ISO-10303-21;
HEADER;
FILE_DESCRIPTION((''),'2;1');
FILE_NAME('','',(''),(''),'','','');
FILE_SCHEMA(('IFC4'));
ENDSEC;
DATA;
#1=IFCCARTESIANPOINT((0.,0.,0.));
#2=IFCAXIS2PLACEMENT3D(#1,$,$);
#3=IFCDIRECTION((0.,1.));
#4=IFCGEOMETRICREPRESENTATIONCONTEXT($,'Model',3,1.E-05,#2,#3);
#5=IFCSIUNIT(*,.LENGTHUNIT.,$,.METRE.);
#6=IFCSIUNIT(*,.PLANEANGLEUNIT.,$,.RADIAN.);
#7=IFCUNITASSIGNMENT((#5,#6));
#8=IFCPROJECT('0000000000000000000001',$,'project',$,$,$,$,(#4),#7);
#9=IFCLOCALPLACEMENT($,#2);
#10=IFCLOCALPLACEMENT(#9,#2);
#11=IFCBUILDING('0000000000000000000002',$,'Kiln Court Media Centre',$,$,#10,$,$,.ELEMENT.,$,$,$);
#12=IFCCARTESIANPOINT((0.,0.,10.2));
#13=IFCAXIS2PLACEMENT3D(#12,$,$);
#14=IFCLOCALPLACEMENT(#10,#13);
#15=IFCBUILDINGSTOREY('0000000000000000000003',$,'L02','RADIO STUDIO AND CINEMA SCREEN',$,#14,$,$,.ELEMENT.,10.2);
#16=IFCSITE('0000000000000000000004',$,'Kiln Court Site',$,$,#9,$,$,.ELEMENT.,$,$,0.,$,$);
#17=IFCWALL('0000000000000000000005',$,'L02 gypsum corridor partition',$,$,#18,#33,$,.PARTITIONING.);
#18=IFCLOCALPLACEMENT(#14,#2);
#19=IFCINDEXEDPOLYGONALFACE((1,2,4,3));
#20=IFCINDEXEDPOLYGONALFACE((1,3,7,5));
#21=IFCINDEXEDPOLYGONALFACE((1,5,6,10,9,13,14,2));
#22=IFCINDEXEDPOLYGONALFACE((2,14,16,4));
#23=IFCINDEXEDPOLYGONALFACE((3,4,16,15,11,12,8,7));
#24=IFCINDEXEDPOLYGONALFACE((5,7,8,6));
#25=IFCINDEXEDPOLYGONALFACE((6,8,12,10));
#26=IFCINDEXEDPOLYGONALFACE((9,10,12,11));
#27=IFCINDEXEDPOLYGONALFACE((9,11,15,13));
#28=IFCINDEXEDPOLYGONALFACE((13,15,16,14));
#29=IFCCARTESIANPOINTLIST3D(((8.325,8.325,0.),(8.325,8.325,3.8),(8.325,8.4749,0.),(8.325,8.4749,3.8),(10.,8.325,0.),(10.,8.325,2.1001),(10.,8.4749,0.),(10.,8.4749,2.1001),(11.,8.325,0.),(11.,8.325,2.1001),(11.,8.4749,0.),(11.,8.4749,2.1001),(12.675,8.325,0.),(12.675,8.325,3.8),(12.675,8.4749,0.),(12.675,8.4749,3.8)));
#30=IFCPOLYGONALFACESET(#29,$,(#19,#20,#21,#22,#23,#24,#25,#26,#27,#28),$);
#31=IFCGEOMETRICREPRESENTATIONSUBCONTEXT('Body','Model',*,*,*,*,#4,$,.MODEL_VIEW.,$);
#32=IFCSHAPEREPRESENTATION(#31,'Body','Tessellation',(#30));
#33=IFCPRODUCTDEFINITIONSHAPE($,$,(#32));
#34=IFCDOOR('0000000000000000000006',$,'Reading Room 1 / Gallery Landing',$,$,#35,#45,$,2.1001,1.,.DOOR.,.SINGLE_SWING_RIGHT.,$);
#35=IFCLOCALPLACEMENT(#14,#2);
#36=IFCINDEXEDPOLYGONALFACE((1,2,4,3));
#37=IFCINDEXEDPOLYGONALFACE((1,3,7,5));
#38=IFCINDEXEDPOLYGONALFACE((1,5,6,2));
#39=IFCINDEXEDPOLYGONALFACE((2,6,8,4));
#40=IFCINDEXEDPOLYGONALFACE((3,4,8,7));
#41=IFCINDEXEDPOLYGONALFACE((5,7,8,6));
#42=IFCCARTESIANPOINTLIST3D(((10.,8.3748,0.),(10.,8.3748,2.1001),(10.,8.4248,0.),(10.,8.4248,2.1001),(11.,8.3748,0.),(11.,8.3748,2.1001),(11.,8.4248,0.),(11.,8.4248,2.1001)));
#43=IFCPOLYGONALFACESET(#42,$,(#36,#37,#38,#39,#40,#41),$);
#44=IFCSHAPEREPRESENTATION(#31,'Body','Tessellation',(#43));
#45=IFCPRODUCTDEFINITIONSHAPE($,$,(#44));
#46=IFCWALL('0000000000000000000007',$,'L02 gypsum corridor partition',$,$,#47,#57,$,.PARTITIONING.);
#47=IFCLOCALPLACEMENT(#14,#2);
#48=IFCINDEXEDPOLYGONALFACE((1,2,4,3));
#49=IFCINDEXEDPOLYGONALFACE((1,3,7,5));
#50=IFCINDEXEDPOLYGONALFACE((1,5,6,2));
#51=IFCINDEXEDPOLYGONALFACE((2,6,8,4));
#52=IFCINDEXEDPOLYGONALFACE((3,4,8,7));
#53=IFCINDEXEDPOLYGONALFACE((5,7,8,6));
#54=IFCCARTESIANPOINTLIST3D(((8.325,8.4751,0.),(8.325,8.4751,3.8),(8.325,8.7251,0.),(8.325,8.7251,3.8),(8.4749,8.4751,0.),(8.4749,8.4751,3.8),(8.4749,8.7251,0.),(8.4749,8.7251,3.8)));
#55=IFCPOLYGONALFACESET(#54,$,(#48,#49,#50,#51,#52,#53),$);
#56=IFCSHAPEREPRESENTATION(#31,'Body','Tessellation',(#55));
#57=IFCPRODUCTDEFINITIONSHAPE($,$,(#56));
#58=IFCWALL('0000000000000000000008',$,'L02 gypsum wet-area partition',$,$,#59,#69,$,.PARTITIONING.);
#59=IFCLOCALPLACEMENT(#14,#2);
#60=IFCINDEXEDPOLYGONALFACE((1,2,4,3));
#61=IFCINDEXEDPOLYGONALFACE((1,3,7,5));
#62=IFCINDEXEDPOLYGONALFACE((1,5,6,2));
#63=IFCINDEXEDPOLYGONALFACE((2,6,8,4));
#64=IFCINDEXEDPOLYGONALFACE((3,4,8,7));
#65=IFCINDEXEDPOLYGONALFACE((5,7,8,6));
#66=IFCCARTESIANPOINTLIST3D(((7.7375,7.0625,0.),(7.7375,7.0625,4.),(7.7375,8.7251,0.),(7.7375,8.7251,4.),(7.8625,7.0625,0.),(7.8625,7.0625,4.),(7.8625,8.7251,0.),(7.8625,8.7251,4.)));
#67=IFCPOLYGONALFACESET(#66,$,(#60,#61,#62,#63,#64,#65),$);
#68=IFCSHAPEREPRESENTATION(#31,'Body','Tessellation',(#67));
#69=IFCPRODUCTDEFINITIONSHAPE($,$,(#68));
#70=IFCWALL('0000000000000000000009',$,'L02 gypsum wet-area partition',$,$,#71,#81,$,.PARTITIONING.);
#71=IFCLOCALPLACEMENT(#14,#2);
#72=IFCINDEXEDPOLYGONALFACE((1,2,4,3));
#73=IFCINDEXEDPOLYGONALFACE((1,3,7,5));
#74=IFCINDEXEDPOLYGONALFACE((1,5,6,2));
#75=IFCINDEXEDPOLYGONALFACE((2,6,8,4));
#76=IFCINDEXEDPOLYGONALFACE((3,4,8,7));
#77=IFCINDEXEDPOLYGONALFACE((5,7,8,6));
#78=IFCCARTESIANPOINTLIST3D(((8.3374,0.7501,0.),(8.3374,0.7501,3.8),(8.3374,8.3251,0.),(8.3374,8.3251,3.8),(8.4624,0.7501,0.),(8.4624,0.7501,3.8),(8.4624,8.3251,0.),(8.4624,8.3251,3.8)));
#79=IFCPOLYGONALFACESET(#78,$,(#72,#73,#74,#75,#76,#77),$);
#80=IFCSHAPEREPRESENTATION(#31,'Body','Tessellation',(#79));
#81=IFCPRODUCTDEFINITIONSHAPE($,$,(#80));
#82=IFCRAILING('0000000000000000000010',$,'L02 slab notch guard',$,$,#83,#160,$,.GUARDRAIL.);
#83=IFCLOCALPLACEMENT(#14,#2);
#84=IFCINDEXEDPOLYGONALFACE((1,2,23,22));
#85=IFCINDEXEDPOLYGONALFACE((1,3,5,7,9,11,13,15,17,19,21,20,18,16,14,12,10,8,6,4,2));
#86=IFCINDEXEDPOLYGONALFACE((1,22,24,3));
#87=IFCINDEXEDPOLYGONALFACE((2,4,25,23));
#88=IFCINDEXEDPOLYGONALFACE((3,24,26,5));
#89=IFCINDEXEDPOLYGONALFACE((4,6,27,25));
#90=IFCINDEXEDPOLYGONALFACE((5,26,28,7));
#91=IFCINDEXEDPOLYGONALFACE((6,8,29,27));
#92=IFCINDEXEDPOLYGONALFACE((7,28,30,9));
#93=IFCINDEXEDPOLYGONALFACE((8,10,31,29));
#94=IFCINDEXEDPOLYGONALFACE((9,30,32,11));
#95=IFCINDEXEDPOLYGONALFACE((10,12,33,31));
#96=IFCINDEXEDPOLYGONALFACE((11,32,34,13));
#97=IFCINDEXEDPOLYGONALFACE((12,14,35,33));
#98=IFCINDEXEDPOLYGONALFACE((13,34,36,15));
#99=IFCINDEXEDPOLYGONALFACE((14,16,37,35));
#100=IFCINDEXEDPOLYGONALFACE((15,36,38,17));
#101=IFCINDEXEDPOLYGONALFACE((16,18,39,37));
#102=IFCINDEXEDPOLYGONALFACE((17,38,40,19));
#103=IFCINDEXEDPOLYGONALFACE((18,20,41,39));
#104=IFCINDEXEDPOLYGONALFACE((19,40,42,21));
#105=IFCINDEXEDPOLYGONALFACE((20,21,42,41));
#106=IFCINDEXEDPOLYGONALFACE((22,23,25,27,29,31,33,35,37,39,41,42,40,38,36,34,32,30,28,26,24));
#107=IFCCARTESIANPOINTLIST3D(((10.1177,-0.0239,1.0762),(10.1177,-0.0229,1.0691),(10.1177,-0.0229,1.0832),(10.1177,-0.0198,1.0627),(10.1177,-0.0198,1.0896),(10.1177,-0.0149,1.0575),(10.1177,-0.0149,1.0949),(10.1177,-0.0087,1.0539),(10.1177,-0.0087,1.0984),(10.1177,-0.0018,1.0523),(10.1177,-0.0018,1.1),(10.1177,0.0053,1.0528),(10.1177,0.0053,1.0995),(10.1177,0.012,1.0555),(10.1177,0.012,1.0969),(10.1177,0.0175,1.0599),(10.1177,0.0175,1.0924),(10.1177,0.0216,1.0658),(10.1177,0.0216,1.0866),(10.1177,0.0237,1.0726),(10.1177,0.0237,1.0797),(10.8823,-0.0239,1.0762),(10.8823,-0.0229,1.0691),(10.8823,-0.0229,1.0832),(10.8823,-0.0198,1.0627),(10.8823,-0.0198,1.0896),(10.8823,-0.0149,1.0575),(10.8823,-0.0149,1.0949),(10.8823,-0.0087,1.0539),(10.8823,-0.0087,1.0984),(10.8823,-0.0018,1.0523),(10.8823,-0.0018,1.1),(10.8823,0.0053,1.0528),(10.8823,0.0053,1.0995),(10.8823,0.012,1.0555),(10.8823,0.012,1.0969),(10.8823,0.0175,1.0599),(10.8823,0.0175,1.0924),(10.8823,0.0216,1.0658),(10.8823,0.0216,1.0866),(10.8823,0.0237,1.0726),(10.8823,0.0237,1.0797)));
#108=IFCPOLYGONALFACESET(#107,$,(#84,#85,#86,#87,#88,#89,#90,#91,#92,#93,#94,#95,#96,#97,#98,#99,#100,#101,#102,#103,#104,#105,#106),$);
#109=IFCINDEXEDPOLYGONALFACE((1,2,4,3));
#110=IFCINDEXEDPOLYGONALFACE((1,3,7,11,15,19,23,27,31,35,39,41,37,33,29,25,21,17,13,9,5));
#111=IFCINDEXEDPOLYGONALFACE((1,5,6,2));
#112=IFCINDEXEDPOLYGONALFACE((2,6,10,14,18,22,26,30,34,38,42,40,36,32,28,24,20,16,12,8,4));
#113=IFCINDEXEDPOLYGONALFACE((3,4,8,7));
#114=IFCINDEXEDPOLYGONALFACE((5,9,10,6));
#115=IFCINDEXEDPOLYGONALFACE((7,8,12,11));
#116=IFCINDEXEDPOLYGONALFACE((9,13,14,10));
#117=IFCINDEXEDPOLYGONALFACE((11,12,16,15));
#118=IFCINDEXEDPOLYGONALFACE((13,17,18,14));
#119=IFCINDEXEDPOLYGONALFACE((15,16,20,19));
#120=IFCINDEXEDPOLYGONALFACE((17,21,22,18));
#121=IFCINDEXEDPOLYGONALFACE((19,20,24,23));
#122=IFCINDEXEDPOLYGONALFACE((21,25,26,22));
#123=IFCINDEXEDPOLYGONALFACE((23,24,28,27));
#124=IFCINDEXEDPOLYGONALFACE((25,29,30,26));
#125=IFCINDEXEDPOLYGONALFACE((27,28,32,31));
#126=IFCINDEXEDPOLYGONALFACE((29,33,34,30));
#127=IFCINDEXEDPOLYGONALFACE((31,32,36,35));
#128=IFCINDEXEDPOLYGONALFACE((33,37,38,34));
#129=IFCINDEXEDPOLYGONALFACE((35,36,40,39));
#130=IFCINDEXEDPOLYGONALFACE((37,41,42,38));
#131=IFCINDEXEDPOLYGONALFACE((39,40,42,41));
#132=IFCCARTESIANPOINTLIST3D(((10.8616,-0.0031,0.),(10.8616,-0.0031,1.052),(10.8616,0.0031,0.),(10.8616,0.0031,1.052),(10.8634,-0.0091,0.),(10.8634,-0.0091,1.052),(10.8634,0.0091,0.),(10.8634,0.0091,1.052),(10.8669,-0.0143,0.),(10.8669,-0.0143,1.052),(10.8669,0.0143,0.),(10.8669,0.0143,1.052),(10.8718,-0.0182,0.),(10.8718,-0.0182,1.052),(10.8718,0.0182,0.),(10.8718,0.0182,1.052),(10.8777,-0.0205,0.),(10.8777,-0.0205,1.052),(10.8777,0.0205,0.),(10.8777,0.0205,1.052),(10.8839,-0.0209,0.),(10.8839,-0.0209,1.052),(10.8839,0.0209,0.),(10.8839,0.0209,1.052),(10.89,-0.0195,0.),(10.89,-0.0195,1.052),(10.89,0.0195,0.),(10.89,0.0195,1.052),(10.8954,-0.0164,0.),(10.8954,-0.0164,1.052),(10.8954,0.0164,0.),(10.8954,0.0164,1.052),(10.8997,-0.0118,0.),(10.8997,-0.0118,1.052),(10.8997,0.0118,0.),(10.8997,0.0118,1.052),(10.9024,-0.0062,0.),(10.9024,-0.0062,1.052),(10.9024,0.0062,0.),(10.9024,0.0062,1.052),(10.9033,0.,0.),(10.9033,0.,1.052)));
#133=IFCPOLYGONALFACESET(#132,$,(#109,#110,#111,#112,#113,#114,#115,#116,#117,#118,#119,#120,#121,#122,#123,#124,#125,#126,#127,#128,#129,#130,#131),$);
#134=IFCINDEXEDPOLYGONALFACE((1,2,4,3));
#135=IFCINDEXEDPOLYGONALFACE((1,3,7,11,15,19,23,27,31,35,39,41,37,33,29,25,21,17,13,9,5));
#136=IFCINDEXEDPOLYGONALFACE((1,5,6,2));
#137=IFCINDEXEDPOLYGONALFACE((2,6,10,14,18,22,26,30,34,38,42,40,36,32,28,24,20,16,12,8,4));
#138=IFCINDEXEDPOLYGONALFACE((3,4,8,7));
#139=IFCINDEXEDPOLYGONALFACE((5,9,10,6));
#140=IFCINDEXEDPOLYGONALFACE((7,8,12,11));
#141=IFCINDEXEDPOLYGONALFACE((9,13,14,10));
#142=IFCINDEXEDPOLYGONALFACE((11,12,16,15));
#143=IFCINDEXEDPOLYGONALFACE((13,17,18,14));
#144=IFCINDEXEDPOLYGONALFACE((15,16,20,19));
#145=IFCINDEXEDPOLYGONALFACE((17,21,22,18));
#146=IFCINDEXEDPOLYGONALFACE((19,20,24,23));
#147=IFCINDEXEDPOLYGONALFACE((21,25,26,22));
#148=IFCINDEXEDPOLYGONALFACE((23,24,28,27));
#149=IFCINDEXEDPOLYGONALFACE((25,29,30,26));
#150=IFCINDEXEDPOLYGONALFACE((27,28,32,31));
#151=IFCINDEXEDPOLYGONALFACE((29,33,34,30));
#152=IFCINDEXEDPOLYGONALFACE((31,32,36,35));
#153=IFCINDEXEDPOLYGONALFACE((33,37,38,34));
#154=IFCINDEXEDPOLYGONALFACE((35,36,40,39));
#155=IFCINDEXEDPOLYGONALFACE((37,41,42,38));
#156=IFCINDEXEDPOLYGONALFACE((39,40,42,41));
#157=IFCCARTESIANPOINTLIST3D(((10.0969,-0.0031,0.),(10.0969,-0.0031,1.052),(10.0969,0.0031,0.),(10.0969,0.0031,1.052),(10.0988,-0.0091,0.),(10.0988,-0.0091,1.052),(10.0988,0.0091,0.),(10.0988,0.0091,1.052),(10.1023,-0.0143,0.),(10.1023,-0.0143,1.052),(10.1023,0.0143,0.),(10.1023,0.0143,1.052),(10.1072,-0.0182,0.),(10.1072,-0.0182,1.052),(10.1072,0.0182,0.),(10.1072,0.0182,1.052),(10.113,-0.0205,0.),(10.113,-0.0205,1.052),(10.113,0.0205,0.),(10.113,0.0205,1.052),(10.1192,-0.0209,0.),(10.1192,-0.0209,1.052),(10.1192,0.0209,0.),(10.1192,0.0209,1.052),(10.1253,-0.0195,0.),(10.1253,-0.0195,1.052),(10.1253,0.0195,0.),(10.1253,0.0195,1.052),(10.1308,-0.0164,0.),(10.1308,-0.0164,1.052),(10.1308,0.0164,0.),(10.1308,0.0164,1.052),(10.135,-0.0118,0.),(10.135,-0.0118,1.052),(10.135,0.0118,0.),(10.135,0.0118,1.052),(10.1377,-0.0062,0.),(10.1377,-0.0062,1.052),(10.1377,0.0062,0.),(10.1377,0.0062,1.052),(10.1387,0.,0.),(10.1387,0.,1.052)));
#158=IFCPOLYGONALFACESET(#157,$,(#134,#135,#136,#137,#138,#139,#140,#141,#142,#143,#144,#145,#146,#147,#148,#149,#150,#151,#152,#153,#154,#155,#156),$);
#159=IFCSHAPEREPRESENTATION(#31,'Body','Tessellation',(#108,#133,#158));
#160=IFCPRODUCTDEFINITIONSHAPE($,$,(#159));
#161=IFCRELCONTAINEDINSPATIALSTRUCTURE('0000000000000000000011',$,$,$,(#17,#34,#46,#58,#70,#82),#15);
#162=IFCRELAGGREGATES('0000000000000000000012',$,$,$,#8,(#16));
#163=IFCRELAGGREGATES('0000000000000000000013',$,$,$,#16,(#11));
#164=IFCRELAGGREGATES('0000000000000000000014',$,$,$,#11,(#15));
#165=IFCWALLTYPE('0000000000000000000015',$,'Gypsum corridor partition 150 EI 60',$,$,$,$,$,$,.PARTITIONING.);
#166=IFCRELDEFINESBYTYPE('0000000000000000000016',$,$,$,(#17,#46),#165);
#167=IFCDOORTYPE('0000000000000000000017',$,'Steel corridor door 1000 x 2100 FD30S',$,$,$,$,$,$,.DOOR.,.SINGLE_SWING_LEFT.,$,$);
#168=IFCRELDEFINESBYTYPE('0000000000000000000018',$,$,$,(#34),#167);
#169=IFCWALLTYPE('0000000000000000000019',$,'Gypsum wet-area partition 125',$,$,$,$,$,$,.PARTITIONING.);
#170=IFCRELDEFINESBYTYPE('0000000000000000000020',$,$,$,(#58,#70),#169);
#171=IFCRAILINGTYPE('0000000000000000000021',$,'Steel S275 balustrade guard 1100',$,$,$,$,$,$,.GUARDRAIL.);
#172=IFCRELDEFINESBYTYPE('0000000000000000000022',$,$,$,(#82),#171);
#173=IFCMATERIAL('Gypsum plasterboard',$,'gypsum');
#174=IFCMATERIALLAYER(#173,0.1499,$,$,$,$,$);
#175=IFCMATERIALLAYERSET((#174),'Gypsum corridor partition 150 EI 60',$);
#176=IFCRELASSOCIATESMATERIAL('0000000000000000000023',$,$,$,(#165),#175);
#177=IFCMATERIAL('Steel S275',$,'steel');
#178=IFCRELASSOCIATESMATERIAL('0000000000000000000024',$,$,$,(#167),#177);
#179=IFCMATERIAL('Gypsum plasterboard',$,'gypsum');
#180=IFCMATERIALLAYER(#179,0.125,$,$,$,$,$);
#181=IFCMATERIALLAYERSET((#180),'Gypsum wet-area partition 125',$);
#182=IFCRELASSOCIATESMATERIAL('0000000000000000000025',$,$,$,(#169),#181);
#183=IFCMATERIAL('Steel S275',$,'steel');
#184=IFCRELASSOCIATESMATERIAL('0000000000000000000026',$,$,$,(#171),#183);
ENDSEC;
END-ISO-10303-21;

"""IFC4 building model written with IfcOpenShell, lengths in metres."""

from ifc_helpers import new_model, si_unit, direction, frame, frame_2d, origin, origin_2d, place, context, subcontext, project, spatial, rectangle, circle, extrude, material, layer, layer_set, type_object, element, fill, save


model = new_model("IFC4")

# Units and contexts
model_context = context("Model", 3, precision=1e-05, world=origin(), true_north=direction((0.0, 1.0)))
body_context = subcontext(model_context, "Body", "Model", "MODEL_VIEW")
ifc_project = project(units=[si_unit("LENGTHUNIT", "METRE"), si_unit("PLANEANGLEUNIT", "RADIAN")], contexts=[model_context])

# Site, building, storey
site_placement = place(None, origin())
site = spatial("IfcSite", under=ifc_project, at=site_placement, Name="Kiln Court Site", CompositionType="ELEMENT", RefElevation=0.0)
building_placement = place(site_placement, origin())
building = spatial("IfcBuilding", under=site, at=building_placement, Name="Kiln Court Media Centre", CompositionType="ELEMENT")
storey_placement = place(building_placement, frame((0.0, 0.0, 10.2)))
storey = spatial("IfcBuildingStorey", under=building, at=storey_placement, Name="L02", Description="RADIO STUDIO AND CINEMA SCREEN", CompositionType="ELEMENT", Elevation=10.2)

# Wall, opening, door
ifc_material_1 = material(Name="Gypsum plasterboard", Category="gypsum")
ifc_layer_1 = layer(ifc_material_1, 0.1499)
ifc_layer_set_1 = layer_set([ifc_layer_1], Name="Gypsum corridor partition 150 EI 60")
wall_type_1 = type_object("IfcWallType", Name="Gypsum corridor partition 150 EI 60", PredefinedType="PARTITIONING", material=ifc_layer_set_1)
wall_1_placement = place(storey_placement, frame((8.325, 8.3999, 0.0), z_axis=(0.0, 0.0, 1.0), x_axis=(1.0, 0.0, 0.0)))
wall_1 = element("IfcWall", 1, at=wall_1_placement, inside=storey, type_object=wall_type_1, Name="L02 gypsum corridor partition", PredefinedType="PARTITIONING", context=body_context, shape_type="SweptSolid", body=[
    extrude(rectangle(XDim=4.3501, YDim=0.1499, at=frame_2d((2.175, 0.0))), origin(), (0.0, 0.0, 1.0), 3.8),
])
opening_placement = place(wall_1_placement, frame((1.675, 0.0, 0.0)))
opening = element("IfcOpeningElement", 2, at=opening_placement, cuts=wall_1, PredefinedType="OPENING", context=body_context, shape_type="SweptSolid", body=[
    extrude(rectangle(XDim=1.0, YDim=2.1001, at=frame_2d((0.5, 1.05))), frame((0.0, 0.085, 0.0), z_axis=(0.0, -1.0, 0.0), x_axis=(1.0, 0.0, 0.0)), (0.0, 0.0, 1.0), 0.1699),
])
ifc_material_2 = material(Name="Steel S275", Category="steel")
door_type = type_object("IfcDoorType", Name="Steel corridor door 1000 x 2100 FD30S", OperationType="SINGLE_SWING_LEFT", PredefinedType="DOOR", material=ifc_material_2)
door_placement = place(opening_placement, origin())
door = element("IfcDoor", 3, at=door_placement, inside=storey, type_object=door_type, Name="Reading Room 1 / Gallery Landing", OperationType="SINGLE_SWING_RIGHT", OverallHeight=2.1001, OverallWidth=1.0, PredefinedType="DOOR", context=body_context, shape_type="SweptSolid", body=[
    extrude(rectangle(XDim=1.0, YDim=2.1001, at=frame_2d((0.5, 1.05))), frame((0.0, 0.0249, 0.0), z_axis=(0.0, -1.0, 0.0), x_axis=(1.0, 0.0, 0.0)), (0.0, 0.0, 1.0), 0.05),
])
fill(opening, door)

# Walls
wall_2_placement = place(storey_placement, frame((8.3999, 8.4751, 0.0), z_axis=(0.0, 0.0, 1.0), x_axis=(0.0, 1.0, 0.0)))
element("IfcWall", 4, at=wall_2_placement, inside=storey, type_object=wall_type_1, Name="L02 gypsum corridor partition", PredefinedType="PARTITIONING", context=body_context, shape_type="SweptSolid", body=[
    extrude(rectangle(XDim=0.25, YDim=0.1499, at=frame_2d((0.125, 0.0))), origin(), (0.0, 0.0, 1.0), 3.8),
])
ifc_material_3 = material(Name="Gypsum plasterboard", Category="gypsum")
ifc_layer_2 = layer(ifc_material_3, 0.125)
ifc_layer_set_2 = layer_set([ifc_layer_2], Name="Gypsum wet-area partition 125")
wall_type_2 = type_object("IfcWallType", Name="Gypsum wet-area partition 125", PredefinedType="PARTITIONING", material=ifc_layer_set_2)
wall_3_placement = place(storey_placement, frame((7.8, 7.0625, 0.0), z_axis=(0.0, 0.0, 1.0), x_axis=(0.0, 1.0, 0.0)))
element("IfcWall", 5, at=wall_3_placement, inside=storey, type_object=wall_type_2, Name="L02 gypsum wet-area partition", PredefinedType="PARTITIONING", context=body_context, shape_type="SweptSolid", body=[
    extrude(rectangle(XDim=1.6626, YDim=0.125, at=frame_2d((0.8313, 0.0))), origin(), (0.0, 0.0, 1.0), 4.0),
])
wall_4_placement = place(storey_placement, frame((8.3999, 0.75, 0.0), z_axis=(0.0, 0.0, 1.0), x_axis=(0.0, 1.0, 0.0)))
element("IfcWall", 6, at=wall_4_placement, inside=storey, type_object=wall_type_2, Name="L02 gypsum wet-area partition", PredefinedType="PARTITIONING", context=body_context, shape_type="SweptSolid", body=[
    extrude(rectangle(XDim=7.575, YDim=0.125, at=frame_2d((3.7876, 0.0))), origin(), (0.0, 0.0, 1.0), 3.8),
])

# Railing
ifc_material_4 = material(Name="Steel S275", Category="steel")
railing_type = type_object("IfcRailingType", Name="Steel S275 balustrade guard 1100", PredefinedType="GUARDRAIL", material=ifc_material_4)
railing_1_placement = place(storey_placement, frame((10.8823, 0.0, 0.0)))
element("IfcRailing", 7, at=railing_1_placement, inside=storey, type_object=railing_type, Name="L02 slab notch guard", PredefinedType="GUARDRAIL", context=body_context, shape_type="SweptSolid", body=[
    extrude(circle(Radius=0.0239, at=origin_2d()), frame((0.0, 0.0, 1.0762), z_axis=(-1.0, 0.0, 0.0), x_axis=(0.0, -1.0, 0.0)), (0.0, 0.0, 1.0), 0.7646),
    extrude(circle(Radius=0.021, at=origin_2d()), origin(), (0.0, 0.0, 1.0), 1.052),
    extrude(circle(Radius=0.021, at=origin_2d()), frame((-0.7646, 0.0, 0.0)), (0.0, 0.0, 1.0), 1.052),
])

save(model, "model.ifc")
